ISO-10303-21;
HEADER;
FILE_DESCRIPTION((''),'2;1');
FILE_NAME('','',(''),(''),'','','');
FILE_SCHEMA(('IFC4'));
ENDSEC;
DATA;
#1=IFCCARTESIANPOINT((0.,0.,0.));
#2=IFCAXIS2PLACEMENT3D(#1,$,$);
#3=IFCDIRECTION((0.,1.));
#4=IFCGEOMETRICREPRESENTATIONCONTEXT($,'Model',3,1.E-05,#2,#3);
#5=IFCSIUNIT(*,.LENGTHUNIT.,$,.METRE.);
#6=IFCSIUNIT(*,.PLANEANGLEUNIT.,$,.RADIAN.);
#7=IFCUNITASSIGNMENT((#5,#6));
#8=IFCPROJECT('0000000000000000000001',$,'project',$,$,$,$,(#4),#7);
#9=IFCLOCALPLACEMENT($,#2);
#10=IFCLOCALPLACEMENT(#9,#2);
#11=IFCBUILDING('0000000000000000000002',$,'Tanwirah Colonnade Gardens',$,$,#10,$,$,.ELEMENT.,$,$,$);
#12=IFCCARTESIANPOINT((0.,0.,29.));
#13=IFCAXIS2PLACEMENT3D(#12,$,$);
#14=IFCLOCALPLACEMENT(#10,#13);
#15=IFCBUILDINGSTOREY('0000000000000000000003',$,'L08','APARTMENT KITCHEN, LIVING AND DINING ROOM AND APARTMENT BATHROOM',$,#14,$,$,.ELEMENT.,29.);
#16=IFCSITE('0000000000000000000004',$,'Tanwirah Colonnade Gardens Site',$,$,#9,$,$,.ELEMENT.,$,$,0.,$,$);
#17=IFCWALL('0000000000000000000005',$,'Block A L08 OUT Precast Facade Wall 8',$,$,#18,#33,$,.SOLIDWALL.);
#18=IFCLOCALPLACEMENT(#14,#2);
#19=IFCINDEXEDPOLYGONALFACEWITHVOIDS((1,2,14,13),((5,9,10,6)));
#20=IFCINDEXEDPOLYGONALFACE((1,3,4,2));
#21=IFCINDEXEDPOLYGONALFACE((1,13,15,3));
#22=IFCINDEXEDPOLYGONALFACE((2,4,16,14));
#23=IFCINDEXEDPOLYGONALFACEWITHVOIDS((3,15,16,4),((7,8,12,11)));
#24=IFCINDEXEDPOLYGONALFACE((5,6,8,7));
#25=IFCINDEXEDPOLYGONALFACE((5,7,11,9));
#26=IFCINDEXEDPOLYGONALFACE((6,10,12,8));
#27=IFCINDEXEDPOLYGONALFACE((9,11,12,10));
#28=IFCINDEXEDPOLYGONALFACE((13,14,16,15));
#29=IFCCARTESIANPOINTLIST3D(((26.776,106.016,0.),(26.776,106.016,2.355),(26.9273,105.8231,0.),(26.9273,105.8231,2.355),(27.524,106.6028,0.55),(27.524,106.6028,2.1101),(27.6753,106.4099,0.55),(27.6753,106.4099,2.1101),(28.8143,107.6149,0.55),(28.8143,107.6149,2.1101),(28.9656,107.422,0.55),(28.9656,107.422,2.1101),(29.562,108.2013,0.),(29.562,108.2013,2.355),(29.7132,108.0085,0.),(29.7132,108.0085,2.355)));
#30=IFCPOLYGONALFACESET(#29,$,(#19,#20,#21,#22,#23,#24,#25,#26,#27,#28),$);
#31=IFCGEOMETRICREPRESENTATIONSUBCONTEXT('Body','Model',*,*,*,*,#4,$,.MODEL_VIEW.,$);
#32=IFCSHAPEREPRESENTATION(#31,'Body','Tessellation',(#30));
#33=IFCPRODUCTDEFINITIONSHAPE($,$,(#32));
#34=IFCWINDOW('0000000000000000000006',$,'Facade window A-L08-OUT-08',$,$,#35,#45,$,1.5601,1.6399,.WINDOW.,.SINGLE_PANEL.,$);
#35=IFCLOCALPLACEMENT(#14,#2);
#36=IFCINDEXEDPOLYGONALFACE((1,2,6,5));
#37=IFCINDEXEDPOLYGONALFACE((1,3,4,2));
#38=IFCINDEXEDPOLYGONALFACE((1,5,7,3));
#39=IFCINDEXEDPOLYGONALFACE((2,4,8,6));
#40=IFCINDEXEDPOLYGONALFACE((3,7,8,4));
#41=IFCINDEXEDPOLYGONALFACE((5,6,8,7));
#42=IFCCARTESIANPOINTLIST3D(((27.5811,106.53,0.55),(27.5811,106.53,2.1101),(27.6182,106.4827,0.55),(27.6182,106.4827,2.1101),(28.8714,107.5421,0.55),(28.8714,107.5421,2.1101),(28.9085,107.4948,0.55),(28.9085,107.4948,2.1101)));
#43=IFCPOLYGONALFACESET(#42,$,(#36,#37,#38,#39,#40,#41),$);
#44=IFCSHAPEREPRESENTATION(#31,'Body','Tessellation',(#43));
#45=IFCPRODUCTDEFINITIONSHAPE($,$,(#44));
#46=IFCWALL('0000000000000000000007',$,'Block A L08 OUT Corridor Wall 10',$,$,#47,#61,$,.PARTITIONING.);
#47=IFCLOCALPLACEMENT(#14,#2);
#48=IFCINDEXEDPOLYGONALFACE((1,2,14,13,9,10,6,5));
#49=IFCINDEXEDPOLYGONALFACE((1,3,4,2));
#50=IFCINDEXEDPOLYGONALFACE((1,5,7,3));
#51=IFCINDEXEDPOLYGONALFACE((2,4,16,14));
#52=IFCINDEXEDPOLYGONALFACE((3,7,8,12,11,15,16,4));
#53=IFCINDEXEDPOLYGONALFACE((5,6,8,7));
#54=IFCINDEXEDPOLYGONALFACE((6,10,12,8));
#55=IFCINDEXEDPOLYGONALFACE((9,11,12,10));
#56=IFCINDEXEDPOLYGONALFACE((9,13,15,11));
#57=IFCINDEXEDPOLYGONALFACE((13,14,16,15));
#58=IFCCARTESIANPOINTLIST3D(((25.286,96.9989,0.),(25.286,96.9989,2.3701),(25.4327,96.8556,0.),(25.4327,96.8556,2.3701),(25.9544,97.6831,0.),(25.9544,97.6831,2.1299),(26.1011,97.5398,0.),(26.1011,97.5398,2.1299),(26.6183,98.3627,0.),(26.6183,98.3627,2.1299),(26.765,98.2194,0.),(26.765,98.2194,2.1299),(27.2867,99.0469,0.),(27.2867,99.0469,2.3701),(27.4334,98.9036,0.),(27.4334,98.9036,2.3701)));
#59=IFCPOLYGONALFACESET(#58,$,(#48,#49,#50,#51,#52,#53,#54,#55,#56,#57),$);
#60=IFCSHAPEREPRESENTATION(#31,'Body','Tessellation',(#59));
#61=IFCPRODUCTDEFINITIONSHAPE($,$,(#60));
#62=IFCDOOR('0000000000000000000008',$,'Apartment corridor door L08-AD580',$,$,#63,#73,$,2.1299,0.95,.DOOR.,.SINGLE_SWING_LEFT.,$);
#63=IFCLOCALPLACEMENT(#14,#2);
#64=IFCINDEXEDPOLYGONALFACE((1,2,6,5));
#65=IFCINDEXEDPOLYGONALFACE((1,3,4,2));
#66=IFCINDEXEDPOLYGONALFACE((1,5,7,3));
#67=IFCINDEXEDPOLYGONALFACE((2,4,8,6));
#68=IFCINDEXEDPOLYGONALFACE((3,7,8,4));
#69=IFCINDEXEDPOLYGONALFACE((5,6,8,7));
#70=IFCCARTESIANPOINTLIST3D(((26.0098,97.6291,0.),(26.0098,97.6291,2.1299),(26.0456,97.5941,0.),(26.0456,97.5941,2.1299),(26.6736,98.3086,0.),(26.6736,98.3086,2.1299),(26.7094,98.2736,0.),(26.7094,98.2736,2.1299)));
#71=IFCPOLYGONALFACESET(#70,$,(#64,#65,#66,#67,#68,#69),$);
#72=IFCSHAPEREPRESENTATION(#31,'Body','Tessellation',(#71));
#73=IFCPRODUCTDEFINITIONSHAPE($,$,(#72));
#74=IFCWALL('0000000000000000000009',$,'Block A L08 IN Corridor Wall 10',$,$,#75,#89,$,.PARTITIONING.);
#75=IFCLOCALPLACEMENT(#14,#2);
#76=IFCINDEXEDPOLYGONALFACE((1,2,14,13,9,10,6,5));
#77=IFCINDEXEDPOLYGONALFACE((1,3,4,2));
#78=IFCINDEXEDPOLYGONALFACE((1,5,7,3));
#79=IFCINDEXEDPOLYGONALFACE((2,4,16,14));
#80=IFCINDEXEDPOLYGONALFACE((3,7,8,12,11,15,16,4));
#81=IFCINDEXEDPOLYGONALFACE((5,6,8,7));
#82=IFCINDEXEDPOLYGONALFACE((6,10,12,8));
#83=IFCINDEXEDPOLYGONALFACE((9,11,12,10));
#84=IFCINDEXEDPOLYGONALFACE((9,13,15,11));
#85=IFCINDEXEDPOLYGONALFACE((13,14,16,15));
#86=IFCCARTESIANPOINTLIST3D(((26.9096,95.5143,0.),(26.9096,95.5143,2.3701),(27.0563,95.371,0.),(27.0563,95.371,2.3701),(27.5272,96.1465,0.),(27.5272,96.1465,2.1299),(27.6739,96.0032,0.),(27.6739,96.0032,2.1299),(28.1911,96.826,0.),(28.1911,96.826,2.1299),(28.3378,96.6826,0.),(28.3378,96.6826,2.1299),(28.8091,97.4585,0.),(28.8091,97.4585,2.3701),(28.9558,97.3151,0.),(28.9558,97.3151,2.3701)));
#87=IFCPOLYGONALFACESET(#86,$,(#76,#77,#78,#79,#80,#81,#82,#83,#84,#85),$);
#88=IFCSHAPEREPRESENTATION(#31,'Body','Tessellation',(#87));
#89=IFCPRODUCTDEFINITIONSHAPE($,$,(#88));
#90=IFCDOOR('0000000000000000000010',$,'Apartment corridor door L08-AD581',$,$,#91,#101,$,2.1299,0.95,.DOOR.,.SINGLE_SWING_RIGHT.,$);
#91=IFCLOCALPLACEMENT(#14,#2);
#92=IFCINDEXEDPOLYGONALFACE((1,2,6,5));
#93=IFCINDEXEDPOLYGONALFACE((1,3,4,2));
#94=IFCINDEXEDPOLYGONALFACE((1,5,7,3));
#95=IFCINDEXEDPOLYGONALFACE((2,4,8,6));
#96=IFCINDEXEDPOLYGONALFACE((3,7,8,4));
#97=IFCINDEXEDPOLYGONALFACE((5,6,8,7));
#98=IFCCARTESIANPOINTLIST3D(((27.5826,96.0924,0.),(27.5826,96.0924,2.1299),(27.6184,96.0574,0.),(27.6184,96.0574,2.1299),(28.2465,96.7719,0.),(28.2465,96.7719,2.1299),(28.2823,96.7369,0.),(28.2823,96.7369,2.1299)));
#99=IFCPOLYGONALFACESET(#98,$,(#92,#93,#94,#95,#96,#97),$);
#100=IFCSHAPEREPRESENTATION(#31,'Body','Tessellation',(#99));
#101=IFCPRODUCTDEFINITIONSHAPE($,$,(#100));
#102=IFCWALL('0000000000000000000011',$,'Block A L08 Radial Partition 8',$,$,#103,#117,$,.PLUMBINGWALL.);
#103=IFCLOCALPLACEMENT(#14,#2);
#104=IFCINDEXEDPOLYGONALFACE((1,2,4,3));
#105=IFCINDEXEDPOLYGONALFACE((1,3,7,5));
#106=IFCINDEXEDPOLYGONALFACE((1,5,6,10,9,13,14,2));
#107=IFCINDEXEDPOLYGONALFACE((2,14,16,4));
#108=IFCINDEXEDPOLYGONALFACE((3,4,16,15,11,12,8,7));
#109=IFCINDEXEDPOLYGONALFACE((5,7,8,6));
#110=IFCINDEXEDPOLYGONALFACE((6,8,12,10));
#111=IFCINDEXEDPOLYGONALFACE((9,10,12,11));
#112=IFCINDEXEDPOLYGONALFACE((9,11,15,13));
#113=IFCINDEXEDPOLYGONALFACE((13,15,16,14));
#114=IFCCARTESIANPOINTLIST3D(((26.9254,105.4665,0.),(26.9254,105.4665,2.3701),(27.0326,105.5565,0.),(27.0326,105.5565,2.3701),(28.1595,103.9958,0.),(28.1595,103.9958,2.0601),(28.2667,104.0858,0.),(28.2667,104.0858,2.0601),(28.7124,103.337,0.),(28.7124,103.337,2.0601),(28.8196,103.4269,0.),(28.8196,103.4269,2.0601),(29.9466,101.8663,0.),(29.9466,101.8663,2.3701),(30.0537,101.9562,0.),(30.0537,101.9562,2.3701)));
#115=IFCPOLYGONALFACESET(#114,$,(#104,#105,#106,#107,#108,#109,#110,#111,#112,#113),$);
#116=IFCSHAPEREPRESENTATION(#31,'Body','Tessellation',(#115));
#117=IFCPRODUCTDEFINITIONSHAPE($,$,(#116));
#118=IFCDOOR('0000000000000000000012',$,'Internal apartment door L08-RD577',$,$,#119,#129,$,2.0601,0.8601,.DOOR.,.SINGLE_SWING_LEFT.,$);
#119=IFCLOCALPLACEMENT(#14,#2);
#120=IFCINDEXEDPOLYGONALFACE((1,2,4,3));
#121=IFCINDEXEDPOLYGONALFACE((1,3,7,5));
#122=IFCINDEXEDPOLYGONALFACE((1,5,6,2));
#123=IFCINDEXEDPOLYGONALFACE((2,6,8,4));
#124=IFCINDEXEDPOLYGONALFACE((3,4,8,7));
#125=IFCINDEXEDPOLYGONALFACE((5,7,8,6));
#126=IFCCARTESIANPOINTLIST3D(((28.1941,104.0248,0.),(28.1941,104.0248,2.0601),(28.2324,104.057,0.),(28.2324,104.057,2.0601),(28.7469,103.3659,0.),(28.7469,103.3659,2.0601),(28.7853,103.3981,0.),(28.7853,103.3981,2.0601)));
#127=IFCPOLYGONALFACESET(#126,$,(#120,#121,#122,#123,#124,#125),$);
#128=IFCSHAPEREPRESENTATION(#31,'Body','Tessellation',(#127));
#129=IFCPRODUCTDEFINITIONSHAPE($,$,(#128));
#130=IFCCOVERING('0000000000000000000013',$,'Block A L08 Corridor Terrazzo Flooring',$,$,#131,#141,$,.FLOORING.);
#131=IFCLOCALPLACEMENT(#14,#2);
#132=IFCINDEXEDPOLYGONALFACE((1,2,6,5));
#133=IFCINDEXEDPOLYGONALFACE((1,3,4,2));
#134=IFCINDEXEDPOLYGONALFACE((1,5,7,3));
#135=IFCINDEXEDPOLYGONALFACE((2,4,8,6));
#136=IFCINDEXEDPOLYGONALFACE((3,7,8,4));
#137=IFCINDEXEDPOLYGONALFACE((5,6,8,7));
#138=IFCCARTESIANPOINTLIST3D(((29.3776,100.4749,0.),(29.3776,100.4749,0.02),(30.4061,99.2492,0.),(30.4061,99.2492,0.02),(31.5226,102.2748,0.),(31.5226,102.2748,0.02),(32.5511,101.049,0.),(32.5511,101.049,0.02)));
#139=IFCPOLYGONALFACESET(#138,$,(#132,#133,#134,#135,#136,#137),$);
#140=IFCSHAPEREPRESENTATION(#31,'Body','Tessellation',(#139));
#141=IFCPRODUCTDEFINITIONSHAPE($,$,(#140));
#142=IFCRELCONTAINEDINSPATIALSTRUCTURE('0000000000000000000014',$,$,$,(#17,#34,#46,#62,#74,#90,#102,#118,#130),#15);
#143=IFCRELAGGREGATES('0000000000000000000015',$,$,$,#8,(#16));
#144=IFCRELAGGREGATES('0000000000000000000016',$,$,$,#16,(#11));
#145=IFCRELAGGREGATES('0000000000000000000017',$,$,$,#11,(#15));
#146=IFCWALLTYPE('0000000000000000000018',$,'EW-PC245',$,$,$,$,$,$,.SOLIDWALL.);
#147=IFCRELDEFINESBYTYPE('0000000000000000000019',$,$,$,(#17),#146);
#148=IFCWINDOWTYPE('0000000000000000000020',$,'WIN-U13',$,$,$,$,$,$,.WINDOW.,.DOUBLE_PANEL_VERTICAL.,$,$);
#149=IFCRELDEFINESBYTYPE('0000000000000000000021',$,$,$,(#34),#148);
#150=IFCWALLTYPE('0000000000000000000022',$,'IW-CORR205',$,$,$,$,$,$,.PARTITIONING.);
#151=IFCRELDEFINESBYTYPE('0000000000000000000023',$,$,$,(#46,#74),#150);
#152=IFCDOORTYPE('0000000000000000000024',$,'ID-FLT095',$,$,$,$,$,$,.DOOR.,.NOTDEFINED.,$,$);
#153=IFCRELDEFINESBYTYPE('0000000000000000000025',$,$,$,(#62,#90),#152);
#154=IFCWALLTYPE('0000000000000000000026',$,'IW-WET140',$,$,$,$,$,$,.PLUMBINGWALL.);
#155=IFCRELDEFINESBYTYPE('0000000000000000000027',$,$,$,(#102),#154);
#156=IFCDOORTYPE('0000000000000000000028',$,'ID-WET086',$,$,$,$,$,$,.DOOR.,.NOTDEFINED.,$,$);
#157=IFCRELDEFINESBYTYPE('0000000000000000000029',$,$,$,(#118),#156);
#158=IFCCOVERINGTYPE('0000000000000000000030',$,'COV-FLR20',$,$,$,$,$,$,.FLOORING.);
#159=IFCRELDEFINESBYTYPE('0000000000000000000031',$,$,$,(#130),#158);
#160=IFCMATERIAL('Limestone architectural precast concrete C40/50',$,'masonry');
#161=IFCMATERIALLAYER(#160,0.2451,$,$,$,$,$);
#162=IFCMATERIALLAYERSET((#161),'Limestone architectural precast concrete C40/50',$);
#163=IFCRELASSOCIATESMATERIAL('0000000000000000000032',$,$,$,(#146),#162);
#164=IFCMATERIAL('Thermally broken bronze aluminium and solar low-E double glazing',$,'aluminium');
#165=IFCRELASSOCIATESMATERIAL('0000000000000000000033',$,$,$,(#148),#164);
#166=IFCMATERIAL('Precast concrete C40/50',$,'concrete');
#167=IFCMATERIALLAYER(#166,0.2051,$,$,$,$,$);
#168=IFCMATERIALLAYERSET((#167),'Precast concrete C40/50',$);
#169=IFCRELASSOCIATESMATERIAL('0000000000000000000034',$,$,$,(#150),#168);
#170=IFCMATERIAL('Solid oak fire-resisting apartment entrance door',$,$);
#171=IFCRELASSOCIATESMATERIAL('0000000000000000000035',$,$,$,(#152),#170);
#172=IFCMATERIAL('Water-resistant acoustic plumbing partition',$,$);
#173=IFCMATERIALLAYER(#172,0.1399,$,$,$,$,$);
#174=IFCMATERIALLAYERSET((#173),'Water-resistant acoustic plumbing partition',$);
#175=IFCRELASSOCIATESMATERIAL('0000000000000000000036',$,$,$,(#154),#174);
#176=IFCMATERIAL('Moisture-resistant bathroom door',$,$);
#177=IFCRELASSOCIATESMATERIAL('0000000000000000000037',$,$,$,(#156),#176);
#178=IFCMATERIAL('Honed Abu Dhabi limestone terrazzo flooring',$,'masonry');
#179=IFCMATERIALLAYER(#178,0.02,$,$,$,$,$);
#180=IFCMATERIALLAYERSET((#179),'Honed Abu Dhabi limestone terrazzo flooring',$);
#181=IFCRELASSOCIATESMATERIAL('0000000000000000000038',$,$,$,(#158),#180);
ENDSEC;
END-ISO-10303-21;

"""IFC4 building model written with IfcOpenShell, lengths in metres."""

from ifc_helpers import new_model, si_unit, direction, frame, frame_2d, origin, origin_2d, place, context, subcontext, project, spatial, rectangle, extrude, material, layer, layer_set, type_object, element, fill, save


model = new_model("IFC4")

# Units and contexts
model_context = context("Model", 3, precision=1e-05, world=origin(), true_north=direction((0.0, 1.0)))
body_context = subcontext(model_context, "Body", "Model", "MODEL_VIEW")
ifc_project = project(units=[si_unit("LENGTHUNIT", "METRE"), si_unit("PLANEANGLEUNIT", "RADIAN")], contexts=[model_context])

# Site, building, storey
site_placement = place(None, origin())
site = spatial("IfcSite", under=ifc_project, at=site_placement, Name="Tanwirah Colonnade Gardens Site", CompositionType="ELEMENT", RefElevation=0.0)
building_placement = place(site_placement, origin())
building = spatial("IfcBuilding", under=site, at=building_placement, Name="Tanwirah Colonnade Gardens", CompositionType="ELEMENT")
storey_placement = place(building_placement, frame((0.0, 0.0, 29.0)))
storey = spatial("IfcBuildingStorey", under=building, at=storey_placement, Name="L08", Description="APARTMENT KITCHEN, LIVING AND DINING ROOM AND APARTMENT BATHROOM", CompositionType="ELEMENT", Elevation=29.0)

# Shared definitions
ifc_material_1 = material(Name="Precast concrete C40/50", Category="concrete")

# Wall, opening, window
ifc_material_2 = material(Name="Limestone architectural precast concrete C40/50", Category="masonry")
ifc_layer_1 = layer(ifc_material_2, 0.2451)
ifc_layer_set_1 = layer_set([ifc_layer_1], Name="Limestone architectural precast concrete C40/50")
wall_type_1 = type_object("IfcWallType", Name="EW-PC245", PredefinedType="SOLIDWALL", material=ifc_layer_set_1)
wall_1_placement = place(storey_placement, frame((29.6377, 108.105, 0.0), z_axis=(0.0, 0.0, 1.0), x_axis=(-0.786813, -0.617191, 0.0)))
wall_1 = element("IfcWall", 1, at=wall_1_placement, inside=storey, type_object=wall_type_1, Name="Block A L08 OUT Precast Facade Wall 8", PredefinedType="SOLIDWALL", context=body_context, shape_type="SweptSolid", body=[
    extrude(rectangle(XDim=3.5408, YDim=0.2451, at=frame_2d((1.7705, 0.0))), origin(), (0.0, 0.0, 1.0), 2.355),
])
opening_1_placement = place(wall_1_placement, frame((0.9504, 0.0, 0.55)))
opening_1 = element("IfcOpeningElement", 2, at=opening_1_placement, cuts=wall_1, PredefinedType="OPENING", context=body_context, shape_type="SweptSolid", body=[
    extrude(rectangle(XDim=1.6399, YDim=1.5601, at=frame_2d((0.8198, 0.78))), frame((0.0, 0.1326, 0.0), z_axis=(0.0, -1.0, 0.0), x_axis=(1.0, 0.0, 0.0)), (0.0, 0.0, 1.0), 0.2651),
])
ifc_material_3 = material(Name="Thermally broken bronze aluminium and solar low-E double glazing", Category="aluminium")
window_type = type_object("IfcWindowType", Name="WIN-U13", PartitioningType="DOUBLE_PANEL_VERTICAL", PredefinedType="WINDOW", material=ifc_material_3)
window_placement = place(opening_1_placement, origin())
window = element("IfcWindow", 3, at=window_placement, inside=storey, type_object=window_type, Name="Facade window A-L08-OUT-08", OverallHeight=1.5601, OverallWidth=1.6399, PartitioningType="SINGLE_PANEL", PredefinedType="WINDOW", context=body_context, shape_type="SweptSolid", body=[
    extrude(rectangle(XDim=1.6399, YDim=1.5601, at=frame_2d((0.8198, 0.78))), frame((0.0, 0.03, 0.0), z_axis=(0.0, -1.0, 0.0), x_axis=(1.0, 0.0, 0.0)), (0.0, 0.0, 1.0), 0.0601),
])
fill(opening_1, window)

# Walls, openings, doors
ifc_layer_2 = layer(ifc_material_1, 0.2051)
ifc_layer_set_2 = layer_set([ifc_layer_2], Name="Precast concrete C40/50")
wall_type_2 = type_object("IfcWallType", Name="IW-CORR205", PredefinedType="PARTITIONING", material=ifc_layer_set_2)
ifc_material_4 = material(Name="Solid oak fire-resisting apartment entrance door")
wall_2_placement = place(storey_placement, frame((27.3601, 98.9753, 0.0), z_axis=(0.0, 0.0, 1.0), x_axis=(-0.698787, -0.71533, 0.0)))
wall_2 = element("IfcWall", 4, at=wall_2_placement, inside=storey, type_object=wall_type_2, Name="Block A L08 OUT Corridor Wall 10", PredefinedType="PARTITIONING", context=body_context, shape_type="SweptSolid", body=[
    extrude(rectangle(XDim=2.863, YDim=0.2051, at=frame_2d((1.4316, 0.0))), origin(), (0.0, 0.0, 1.0), 2.3701),
])
opening_2_placement = place(wall_2_placement, frame((0.9565, 0.0, 0.0)))
opening_2 = element("IfcOpeningElement", 5, at=opening_2_placement, cuts=wall_2, PredefinedType="OPENING", context=body_context, shape_type="SweptSolid", body=[
    extrude(rectangle(XDim=0.95, YDim=2.1299, at=frame_2d((0.4751, 1.0649))), frame((0.0, 0.1125, 0.0), z_axis=(0.0, -1.0, 0.0), x_axis=(1.0, 0.0, 0.0)), (0.0, 0.0, 1.0), 0.2251),
])
door_type_1 = type_object("IfcDoorType", Name="ID-FLT095", OperationType="NOTDEFINED", PredefinedType="DOOR", material=ifc_material_4)
door_1_placement = place(opening_2_placement, origin())
door_1 = element("IfcDoor", 6, at=door_1_placement, inside=storey, type_object=door_type_1, Name="Apartment corridor door L08-AD580", OperationType="SINGLE_SWING_LEFT", OverallHeight=2.1299, OverallWidth=0.95, PredefinedType="DOOR", context=body_context, shape_type="SweptSolid", body=[
    extrude(rectangle(XDim=0.95, YDim=2.1299, at=frame_2d((0.4751, 1.0649))), frame((0.0, 0.0249, 0.0), z_axis=(0.0, -1.0, 0.0), x_axis=(1.0, 0.0, 0.0)), (0.0, 0.0, 1.0), 0.05),
])
fill(opening_2, door_1)
wall_3_placement = place(storey_placement, frame((28.8823, 97.3867, 0.0), z_axis=(0.0, 0.0, 1.0), x_axis=(-0.69884, -0.715278, 0.0)))
wall_3 = element("IfcWall", 7, at=wall_3_placement, inside=storey, type_object=wall_type_2, Name="Block A L08 IN Corridor Wall 10", PredefinedType="PARTITIONING", context=body_context, shape_type="SweptSolid", body=[
    extrude(rectangle(XDim=2.718, YDim=0.2051, at=frame_2d((1.3589, 0.0))), origin(), (0.0, 0.0, 1.0), 2.3701),
])
opening_3_placement = place(wall_3_placement, frame((0.884, 0.0, 0.0)))
opening_3 = element("IfcOpeningElement", 8, at=opening_3_placement, cuts=wall_3, PredefinedType="OPENING", context=body_context, shape_type="SweptSolid", body=[
    extrude(rectangle(XDim=0.95, YDim=2.1299, at=frame_2d((0.4751, 1.0649))), frame((0.0, 0.1125, 0.0), z_axis=(0.0, -1.0, 0.0), x_axis=(1.0, 0.0, 0.0)), (0.0, 0.0, 1.0), 0.2251),
])
door_2_placement = place(opening_3_placement, origin())
door_2 = element("IfcDoor", 9, at=door_2_placement, inside=storey, type_object=door_type_1, Name="Apartment corridor door L08-AD581", OperationType="SINGLE_SWING_RIGHT", OverallHeight=2.1299, OverallWidth=0.95, PredefinedType="DOOR", context=body_context, shape_type="SweptSolid", body=[
    extrude(rectangle(XDim=0.95, YDim=2.1299, at=frame_2d((0.4751, 1.0649))), frame((0.0, 0.0249, 0.0), z_axis=(0.0, -1.0, 0.0), x_axis=(1.0, 0.0, 0.0)), (0.0, 0.0, 1.0), 0.05),
])
fill(opening_3, door_2)
ifc_material_5 = material(Name="Water-resistant acoustic plumbing partition")
ifc_layer_3 = layer(ifc_material_5, 0.1399)
ifc_layer_set_3 = layer_set([ifc_layer_3], Name="Water-resistant acoustic plumbing partition")
wall_type_3 = type_object("IfcWallType", Name="IW-WET140", PredefinedType="PLUMBINGWALL", material=ifc_layer_set_3)
wall_4_placement = place(storey_placement, frame((30.0002, 101.9111, 0.0), z_axis=(0.0, 0.0, 1.0), x_axis=(-0.642812, 0.766024, 0.0)))
wall_4 = element("IfcWall", 10, at=wall_4_placement, inside=storey, type_object=wall_type_3, Name="Block A L08 Radial Partition 8", PredefinedType="PLUMBINGWALL", context=body_context, shape_type="SweptSolid", body=[
    extrude(rectangle(XDim=4.7, YDim=0.1399, at=frame_2d((2.3501, 0.0))), origin(), (0.0, 0.0, 1.0), 2.3701),
])
opening_4_placement = place(wall_4_placement, frame((1.9199, 0.0, 0.0)))
opening_4 = element("IfcOpeningElement", 11, at=opening_4_placement, cuts=wall_4, PredefinedType="OPENING", context=body_context, shape_type="SweptSolid", body=[
    extrude(rectangle(XDim=0.8601, YDim=2.0601, at=frame_2d((0.4302, 1.03))), frame((0.0, 0.0798, 0.0), z_axis=(0.0, -1.0, 0.0), x_axis=(1.0, 0.0, 0.0)), (0.0, 0.0, 1.0), 0.1599),
])
ifc_material_6 = material(Name="Moisture-resistant bathroom door")
door_type_2 = type_object("IfcDoorType", Name="ID-WET086", OperationType="NOTDEFINED", PredefinedType="DOOR", material=ifc_material_6)
door_3_placement = place(opening_4_placement, origin())
door_3 = element("IfcDoor", 12, at=door_3_placement, inside=storey, type_object=door_type_2, Name="Internal apartment door L08-RD577", OperationType="SINGLE_SWING_LEFT", OverallHeight=2.0601, OverallWidth=0.8601, PredefinedType="DOOR", context=body_context, shape_type="SweptSolid", body=[
    extrude(rectangle(XDim=0.8601, YDim=2.0601, at=frame_2d((0.4302, 1.03))), frame((0.0, 0.0249, 0.0), z_axis=(0.0, -1.0, 0.0), x_axis=(1.0, 0.0, 0.0)), (0.0, 0.0, 1.0), 0.05),
])
fill(opening_4, door_3)

# Covering
ifc_material_7 = material(Name="Honed Abu Dhabi limestone terrazzo flooring", Category="masonry")
ifc_layer_4 = layer(ifc_material_7, 0.02)
ifc_layer_set_4 = layer_set([ifc_layer_4], Name="Honed Abu Dhabi limestone terrazzo flooring")
covering_type = type_object("IfcCoveringType", Name="COV-FLR20", PredefinedType="FLOORING", material=ifc_layer_set_4)
covering_placement = place(storey_placement, frame((30.9644, 100.762, 0.0), z_axis=(0.0, 0.0, 1.0), x_axis=(-0.766044, -0.642788, 0.0)))
element("IfcCovering", 13, at=covering_placement, inside=storey, type_object=covering_type, Name="Block A L08 Corridor Terrazzo Flooring", PredefinedType="FLOORING", context=body_context, shape_type="SweptSolid", body=[
    extrude(rectangle(XDim=2.8, YDim=1.6001, at=origin_2d()), origin(), (0.0, 0.0, 1.0), 0.02),
])

save(model, "model.ifc")
